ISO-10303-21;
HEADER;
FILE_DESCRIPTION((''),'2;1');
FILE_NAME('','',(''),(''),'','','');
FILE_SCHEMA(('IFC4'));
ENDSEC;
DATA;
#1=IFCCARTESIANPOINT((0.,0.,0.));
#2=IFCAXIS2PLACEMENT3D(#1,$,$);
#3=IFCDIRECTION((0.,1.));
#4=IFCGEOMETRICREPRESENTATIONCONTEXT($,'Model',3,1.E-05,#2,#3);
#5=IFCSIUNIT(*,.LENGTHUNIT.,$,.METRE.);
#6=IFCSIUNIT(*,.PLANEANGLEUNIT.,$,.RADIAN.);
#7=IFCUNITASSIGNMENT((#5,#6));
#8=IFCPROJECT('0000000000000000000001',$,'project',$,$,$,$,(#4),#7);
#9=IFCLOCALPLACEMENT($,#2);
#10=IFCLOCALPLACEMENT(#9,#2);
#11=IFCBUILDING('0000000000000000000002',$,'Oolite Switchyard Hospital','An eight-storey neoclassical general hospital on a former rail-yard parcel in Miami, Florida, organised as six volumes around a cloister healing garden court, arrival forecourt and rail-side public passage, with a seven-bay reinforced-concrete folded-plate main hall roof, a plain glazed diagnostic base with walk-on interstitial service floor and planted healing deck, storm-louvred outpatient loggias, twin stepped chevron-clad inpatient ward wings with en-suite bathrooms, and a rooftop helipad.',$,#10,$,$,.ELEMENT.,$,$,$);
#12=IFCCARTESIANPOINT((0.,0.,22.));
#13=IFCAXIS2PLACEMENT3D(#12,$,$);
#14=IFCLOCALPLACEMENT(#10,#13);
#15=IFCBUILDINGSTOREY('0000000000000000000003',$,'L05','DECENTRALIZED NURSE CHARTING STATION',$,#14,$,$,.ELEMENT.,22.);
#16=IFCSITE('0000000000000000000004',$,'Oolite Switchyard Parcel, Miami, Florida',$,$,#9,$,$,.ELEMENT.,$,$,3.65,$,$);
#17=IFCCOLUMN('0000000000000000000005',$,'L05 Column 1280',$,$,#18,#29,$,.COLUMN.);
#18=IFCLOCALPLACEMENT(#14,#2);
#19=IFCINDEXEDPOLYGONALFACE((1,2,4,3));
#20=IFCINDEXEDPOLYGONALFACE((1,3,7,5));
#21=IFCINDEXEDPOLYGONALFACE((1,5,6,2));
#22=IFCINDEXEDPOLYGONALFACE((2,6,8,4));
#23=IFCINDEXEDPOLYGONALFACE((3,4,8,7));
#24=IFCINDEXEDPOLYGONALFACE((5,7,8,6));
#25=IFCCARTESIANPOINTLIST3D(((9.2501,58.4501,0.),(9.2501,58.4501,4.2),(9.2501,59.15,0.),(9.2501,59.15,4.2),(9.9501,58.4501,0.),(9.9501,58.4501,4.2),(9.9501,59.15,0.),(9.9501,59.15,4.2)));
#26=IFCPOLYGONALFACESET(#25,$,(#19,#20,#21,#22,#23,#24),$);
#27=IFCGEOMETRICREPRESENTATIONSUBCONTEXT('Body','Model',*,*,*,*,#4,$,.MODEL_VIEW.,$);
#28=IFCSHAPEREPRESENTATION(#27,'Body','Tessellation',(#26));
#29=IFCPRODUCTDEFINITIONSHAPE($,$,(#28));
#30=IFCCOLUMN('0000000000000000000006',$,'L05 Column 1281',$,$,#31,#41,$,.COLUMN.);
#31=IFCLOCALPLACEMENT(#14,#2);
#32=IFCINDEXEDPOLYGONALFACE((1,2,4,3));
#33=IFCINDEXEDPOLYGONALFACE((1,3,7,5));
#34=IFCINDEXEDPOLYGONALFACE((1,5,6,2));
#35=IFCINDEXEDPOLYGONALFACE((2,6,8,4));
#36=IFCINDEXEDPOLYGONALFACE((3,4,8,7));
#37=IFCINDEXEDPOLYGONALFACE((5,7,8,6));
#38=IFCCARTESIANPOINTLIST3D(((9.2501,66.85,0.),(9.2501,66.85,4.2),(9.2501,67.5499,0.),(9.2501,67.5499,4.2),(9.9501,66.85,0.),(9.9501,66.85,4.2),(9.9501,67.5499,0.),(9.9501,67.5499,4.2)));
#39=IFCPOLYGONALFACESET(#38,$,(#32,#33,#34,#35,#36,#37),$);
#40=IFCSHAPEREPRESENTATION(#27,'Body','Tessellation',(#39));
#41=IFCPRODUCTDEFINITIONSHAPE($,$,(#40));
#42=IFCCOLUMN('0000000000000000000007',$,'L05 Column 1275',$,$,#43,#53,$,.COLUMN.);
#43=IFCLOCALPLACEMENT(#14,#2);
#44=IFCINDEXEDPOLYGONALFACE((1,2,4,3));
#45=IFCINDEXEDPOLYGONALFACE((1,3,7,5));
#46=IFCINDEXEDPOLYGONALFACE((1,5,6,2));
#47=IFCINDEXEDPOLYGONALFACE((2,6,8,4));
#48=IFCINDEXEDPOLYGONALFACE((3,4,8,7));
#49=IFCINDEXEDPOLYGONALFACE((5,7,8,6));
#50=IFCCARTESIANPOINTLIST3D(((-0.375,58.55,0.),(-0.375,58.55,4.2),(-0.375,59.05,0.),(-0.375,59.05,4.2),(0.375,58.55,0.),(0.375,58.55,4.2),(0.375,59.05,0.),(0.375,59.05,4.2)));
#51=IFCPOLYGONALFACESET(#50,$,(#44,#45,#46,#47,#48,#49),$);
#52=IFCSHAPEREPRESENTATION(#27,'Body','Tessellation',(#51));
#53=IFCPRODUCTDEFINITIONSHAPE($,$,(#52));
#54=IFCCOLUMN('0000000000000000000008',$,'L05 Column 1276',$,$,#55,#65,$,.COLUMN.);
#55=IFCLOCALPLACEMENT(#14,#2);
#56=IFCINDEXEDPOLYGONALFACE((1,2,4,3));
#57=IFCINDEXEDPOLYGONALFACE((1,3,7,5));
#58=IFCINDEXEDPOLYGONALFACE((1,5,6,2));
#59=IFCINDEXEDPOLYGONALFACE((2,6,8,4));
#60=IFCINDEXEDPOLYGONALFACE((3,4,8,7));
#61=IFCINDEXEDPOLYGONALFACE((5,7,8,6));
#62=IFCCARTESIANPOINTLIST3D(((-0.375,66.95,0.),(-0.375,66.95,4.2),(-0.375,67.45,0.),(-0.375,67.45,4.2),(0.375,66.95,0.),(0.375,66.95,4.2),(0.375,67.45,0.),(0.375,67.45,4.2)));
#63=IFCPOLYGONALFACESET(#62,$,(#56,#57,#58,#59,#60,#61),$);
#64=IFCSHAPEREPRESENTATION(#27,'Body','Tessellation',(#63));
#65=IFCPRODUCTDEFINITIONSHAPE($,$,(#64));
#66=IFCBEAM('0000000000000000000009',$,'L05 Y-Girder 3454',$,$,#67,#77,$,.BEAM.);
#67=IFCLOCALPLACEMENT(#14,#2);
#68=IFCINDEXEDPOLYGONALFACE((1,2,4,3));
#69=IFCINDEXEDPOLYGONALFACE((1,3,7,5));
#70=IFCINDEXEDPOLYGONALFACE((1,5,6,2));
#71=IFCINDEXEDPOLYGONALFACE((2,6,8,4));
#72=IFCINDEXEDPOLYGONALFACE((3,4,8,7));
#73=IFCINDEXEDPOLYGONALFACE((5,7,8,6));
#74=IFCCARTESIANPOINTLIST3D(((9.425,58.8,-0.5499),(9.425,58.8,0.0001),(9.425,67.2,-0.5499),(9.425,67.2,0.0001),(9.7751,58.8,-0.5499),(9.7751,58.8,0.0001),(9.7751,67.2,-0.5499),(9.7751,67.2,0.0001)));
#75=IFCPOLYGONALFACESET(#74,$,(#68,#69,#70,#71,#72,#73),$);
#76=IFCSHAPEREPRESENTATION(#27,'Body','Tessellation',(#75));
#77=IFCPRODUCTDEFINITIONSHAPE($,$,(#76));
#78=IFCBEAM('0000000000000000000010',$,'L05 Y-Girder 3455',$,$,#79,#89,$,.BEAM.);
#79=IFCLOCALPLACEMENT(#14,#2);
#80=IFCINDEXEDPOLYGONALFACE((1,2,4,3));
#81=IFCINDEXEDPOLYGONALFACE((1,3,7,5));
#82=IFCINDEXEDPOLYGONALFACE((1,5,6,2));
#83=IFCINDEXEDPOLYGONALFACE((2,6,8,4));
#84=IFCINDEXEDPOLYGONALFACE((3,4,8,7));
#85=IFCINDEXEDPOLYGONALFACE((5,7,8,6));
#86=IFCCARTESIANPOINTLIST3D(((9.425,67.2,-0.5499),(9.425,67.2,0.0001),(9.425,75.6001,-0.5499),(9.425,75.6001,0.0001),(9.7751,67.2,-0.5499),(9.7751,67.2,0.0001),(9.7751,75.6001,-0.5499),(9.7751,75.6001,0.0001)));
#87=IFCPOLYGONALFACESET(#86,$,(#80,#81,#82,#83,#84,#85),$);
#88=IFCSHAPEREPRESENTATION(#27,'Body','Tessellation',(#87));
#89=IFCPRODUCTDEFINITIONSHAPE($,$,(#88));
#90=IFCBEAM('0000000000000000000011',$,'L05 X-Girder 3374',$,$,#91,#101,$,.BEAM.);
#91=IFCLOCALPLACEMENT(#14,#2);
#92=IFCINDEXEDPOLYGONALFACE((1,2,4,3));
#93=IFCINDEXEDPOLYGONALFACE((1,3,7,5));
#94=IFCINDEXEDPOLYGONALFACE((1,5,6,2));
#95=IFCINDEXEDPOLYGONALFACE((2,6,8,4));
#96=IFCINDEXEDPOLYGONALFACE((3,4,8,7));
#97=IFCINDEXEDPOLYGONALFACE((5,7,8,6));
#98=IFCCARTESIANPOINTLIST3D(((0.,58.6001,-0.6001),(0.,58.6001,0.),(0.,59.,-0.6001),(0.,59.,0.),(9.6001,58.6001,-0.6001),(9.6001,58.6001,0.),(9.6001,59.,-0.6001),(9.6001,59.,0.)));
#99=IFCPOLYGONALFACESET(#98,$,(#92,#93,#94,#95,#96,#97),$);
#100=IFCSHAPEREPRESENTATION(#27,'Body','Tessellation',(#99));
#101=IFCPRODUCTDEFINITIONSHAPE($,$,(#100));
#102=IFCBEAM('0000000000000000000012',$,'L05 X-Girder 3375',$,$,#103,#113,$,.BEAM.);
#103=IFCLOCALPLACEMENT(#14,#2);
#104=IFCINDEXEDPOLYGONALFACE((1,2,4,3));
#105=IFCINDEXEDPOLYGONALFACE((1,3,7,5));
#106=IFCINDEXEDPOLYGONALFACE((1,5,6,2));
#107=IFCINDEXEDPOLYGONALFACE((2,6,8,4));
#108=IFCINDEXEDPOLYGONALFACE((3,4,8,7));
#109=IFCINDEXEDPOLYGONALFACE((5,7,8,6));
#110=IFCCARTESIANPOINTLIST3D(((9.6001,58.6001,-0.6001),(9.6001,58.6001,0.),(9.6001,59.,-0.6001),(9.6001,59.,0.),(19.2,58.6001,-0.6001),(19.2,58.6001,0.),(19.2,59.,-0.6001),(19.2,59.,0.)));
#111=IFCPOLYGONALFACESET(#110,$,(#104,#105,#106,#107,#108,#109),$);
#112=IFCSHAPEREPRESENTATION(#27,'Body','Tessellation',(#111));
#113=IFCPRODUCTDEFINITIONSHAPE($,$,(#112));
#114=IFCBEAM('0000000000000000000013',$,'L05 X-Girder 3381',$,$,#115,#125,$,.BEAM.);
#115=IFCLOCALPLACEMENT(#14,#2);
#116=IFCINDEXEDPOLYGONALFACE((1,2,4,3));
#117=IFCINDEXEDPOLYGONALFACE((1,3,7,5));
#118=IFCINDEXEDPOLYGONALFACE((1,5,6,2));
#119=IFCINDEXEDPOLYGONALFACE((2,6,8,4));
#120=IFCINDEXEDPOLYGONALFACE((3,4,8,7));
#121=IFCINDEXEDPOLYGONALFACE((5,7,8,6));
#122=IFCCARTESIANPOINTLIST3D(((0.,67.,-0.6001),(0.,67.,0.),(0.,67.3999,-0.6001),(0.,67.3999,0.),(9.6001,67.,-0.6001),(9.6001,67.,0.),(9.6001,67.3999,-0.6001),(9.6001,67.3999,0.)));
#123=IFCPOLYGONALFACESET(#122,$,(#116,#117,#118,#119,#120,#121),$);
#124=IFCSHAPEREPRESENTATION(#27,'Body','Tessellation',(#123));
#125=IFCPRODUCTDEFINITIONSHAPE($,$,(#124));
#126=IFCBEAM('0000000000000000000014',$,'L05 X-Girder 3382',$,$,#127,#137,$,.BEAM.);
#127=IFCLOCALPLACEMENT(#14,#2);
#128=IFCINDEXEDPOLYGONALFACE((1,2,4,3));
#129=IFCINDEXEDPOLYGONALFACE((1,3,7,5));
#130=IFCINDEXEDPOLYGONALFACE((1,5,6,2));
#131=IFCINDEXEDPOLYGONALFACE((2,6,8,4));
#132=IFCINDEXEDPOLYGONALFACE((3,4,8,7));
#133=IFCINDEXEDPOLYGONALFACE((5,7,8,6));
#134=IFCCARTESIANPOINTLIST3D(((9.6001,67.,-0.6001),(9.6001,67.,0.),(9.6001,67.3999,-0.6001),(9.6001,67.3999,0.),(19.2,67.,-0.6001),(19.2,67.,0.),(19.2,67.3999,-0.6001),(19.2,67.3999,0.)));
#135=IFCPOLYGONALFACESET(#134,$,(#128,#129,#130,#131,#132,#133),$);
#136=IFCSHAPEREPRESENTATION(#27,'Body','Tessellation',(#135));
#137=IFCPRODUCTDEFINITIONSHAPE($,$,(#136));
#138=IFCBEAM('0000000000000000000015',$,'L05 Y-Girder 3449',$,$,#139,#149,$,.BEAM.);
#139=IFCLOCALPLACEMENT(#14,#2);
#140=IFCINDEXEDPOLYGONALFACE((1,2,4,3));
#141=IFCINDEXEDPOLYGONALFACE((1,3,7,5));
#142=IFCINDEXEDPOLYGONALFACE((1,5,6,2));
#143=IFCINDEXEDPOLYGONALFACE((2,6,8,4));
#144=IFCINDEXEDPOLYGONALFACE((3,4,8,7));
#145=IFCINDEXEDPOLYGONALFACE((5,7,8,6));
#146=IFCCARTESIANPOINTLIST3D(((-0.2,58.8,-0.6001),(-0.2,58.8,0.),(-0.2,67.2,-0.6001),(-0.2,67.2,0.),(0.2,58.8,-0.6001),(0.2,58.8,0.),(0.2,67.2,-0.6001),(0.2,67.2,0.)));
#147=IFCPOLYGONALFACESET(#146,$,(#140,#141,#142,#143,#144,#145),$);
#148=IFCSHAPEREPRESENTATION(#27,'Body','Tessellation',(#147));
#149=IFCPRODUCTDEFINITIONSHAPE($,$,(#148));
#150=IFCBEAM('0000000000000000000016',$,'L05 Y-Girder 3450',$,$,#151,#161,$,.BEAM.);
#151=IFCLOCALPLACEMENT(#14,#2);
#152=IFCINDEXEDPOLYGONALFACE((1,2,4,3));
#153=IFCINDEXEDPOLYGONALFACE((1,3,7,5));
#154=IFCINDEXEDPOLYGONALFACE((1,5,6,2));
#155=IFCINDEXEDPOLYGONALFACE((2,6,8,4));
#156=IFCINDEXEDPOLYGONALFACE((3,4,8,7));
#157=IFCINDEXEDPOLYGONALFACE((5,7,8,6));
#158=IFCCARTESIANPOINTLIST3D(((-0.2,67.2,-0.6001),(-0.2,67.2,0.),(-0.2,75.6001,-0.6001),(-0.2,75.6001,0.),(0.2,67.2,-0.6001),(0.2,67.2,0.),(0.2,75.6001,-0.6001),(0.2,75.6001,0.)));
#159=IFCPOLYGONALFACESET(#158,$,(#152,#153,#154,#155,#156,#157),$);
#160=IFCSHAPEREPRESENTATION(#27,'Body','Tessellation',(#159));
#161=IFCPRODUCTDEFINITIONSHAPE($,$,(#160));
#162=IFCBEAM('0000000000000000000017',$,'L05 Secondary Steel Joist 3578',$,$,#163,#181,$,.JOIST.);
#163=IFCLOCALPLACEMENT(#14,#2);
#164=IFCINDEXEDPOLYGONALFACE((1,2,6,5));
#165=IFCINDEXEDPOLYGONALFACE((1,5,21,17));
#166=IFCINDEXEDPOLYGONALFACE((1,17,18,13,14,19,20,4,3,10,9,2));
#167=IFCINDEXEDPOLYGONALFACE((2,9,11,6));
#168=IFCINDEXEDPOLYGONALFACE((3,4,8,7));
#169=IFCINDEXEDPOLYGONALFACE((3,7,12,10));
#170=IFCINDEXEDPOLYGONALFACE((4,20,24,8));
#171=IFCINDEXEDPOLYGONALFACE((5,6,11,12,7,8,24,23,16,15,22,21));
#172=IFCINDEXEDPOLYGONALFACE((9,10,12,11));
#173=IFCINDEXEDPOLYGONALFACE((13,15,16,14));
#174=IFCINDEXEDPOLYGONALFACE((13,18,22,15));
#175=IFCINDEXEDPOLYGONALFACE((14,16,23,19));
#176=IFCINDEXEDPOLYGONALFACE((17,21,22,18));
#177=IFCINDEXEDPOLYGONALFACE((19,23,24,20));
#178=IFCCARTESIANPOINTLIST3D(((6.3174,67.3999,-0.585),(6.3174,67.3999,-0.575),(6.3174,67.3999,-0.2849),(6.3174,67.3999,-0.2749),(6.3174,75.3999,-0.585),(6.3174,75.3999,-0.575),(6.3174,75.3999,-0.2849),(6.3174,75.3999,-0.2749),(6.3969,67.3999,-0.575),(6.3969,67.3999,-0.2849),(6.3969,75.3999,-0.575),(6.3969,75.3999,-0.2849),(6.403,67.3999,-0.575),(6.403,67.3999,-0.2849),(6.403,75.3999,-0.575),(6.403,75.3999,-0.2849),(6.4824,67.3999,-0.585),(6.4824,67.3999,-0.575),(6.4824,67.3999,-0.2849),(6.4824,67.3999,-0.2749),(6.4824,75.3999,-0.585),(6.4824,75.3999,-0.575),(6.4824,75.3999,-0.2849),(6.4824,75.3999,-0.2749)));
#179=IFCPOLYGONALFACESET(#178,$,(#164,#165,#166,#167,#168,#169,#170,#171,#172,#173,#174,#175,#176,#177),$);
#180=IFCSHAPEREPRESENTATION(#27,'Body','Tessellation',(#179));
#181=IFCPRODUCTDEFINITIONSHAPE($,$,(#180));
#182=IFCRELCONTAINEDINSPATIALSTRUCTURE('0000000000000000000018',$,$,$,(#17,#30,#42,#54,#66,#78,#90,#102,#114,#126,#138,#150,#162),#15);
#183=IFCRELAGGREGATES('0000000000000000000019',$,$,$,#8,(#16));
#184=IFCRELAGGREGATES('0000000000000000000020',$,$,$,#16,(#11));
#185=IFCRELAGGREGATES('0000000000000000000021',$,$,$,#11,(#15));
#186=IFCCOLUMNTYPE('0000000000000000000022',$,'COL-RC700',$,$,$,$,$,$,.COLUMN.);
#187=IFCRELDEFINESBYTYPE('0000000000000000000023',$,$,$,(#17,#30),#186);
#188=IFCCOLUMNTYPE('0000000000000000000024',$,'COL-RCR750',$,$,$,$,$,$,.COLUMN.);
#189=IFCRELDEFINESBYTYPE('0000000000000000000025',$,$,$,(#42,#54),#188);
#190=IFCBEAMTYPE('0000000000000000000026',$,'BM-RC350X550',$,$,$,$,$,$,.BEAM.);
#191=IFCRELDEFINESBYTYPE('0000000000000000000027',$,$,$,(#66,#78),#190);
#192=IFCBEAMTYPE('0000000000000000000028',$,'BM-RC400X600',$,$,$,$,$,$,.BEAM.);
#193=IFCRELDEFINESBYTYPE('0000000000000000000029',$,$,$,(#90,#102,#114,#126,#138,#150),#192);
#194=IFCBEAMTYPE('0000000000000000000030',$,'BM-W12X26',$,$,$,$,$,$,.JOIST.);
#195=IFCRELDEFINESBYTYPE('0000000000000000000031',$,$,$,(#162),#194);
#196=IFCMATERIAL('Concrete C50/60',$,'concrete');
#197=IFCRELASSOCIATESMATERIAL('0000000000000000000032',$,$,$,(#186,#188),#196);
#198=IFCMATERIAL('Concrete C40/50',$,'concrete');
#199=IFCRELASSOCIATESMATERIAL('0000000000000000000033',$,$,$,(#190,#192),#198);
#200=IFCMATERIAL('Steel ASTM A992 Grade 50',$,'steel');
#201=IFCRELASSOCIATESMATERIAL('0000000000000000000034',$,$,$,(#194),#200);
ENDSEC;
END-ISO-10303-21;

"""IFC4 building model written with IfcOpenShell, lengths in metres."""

from ifc_helpers import new_model, si_unit, direction, frame, origin, origin_2d, place, context, subcontext, project, spatial, rectangle, i_section, extrude, material, material_profile, profile_set, type_object, element, save


model = new_model("IFC4")

# Units and contexts
model_context = context("Model", 3, precision=1e-05, world=origin(), true_north=direction((0.0, 1.0)))
body_context = subcontext(model_context, "Body", "Model", "MODEL_VIEW")
ifc_project = project(units=[si_unit("LENGTHUNIT", "METRE"), si_unit("PLANEANGLEUNIT", "RADIAN")], contexts=[model_context])

# Site, building, storey
site_placement = place(None, origin())
site = spatial("IfcSite", under=ifc_project, at=site_placement, Name="Oolite Switchyard Parcel, Miami, Florida", CompositionType="ELEMENT", RefElevation=3.65)
building_placement = place(site_placement, origin())
building = spatial("IfcBuilding", under=site, at=building_placement, Name="Oolite Switchyard Hospital", Description="An eight-storey neoclassical general hospital on a former rail-yard parcel in Miami, Florida, organised as six volumes around a cloister healing garden court, arrival forecourt and rail-side public passage, with a seven-bay reinforced-concrete folded-plate main hall roof, a plain glazed diagnostic base with walk-on interstitial service floor and planted healing deck, storm-louvred outpatient loggias, twin stepped chevron-clad inpatient ward wings with en-suite bathrooms, and a rooftop helipad.", CompositionType="ELEMENT")
storey_placement = place(building_placement, frame((0.0, 0.0, 22.0)))
storey = spatial("IfcBuildingStorey", under=building, at=storey_placement, Name="L05", Description="DECENTRALIZED NURSE CHARTING STATION", CompositionType="ELEMENT", Elevation=22.0)

# Columns
ifc_material_1 = material(Name="Concrete C50/60", Category="concrete")
ifc_material_profile_1 = material_profile(ifc_material_1, rectangle(XDim=0.7, YDim=0.7, at=origin_2d()), Name="RC700X700")
ifc_profile_set_1 = profile_set([ifc_material_profile_1], Name="Concrete C50/60")
column_type_1 = type_object("IfcColumnType", Name="COL-RC700", PredefinedType="COLUMN", material=ifc_profile_set_1)
for number, where, z_axis, x_axis, name in (
    (1, (9.6001, 58.8, 0.0), (0.0, 0.0, 1.0), (1.0, 0.0, 0.0), "L05 Column 1280"),
    (2, (9.6001, 67.2, 0.0), (0.0, 0.0, 1.0), (1.0, 0.0, 0.0), "L05 Column 1281"),
):
    element("IfcColumn", number, at=place(storey_placement, frame(where, z_axis=z_axis, x_axis=x_axis)), inside=storey, type_object=column_type_1, Name=name, PredefinedType="COLUMN", context=body_context, shape_type="SweptSolid", body=[
        extrude(rectangle(XDim=0.7, YDim=0.7, at=origin_2d()), origin(), (0.0, 0.0, 1.0), 4.2),
    ])
ifc_material_profile_2 = material_profile(ifc_material_1, rectangle(XDim=0.75, YDim=0.5, at=origin_2d()), Name="RC750X500")
ifc_profile_set_2 = profile_set([ifc_material_profile_2], Name="Concrete C50/60")
column_type_2 = type_object("IfcColumnType", Name="COL-RCR750", PredefinedType="COLUMN", material=ifc_profile_set_2)
for number, where, z_axis, x_axis, name in (
    (3, (0.0, 58.8, 0.0), (0.0, 0.0, 1.0), (1.0, 0.0, 0.0), "L05 Column 1275"),
    (4, (0.0, 67.2, 0.0), (0.0, 0.0, 1.0), (1.0, 0.0, 0.0), "L05 Column 1276"),
):
    element("IfcColumn", number, at=place(storey_placement, frame(where, z_axis=z_axis, x_axis=x_axis)), inside=storey, type_object=column_type_2, Name=name, PredefinedType="COLUMN", context=body_context, shape_type="SweptSolid", body=[
        extrude(rectangle(XDim=0.75, YDim=0.5, at=origin_2d()), origin(), (0.0, 0.0, 1.0), 4.2),
    ])

# Beams
ifc_material_2 = material(Name="Concrete C40/50", Category="concrete")
ifc_material_profile_3 = material_profile(ifc_material_2, rectangle(XDim=0.3501, YDim=0.55, at=origin_2d()), Name="RCB350X550")
ifc_profile_set_3 = profile_set([ifc_material_profile_3], Name="Concrete C40/50")
beam_type_1 = type_object("IfcBeamType", Name="BM-RC350X550", PredefinedType="BEAM", material=ifc_profile_set_3)
beam_1_placement = place(storey_placement, frame((9.6001, 58.8, -0.2749), z_axis=(0.0, 1.0, 0.0), x_axis=(-1.0, 0.0, 0.0)))
element("IfcBeam", 5, at=beam_1_placement, inside=storey, type_object=beam_type_1, Name="L05 Y-Girder 3454", PredefinedType="BEAM", context=body_context, shape_type="SweptSolid", body=[
    extrude(rectangle(XDim=0.3501, YDim=0.55, at=origin_2d()), origin(), (0.0, 0.0, 1.0), 8.3999),
])
beam_2_placement = place(storey_placement, frame((9.6001, 67.2, -0.2749), z_axis=(0.0, 1.0, 0.0), x_axis=(-1.0, 0.0, 0.0)))
element("IfcBeam", 6, at=beam_2_placement, inside=storey, type_object=beam_type_1, Name="L05 Y-Girder 3455", PredefinedType="BEAM", context=body_context, shape_type="SweptSolid", body=[
    extrude(rectangle(XDim=0.3501, YDim=0.55, at=origin_2d()), origin(), (0.0, 0.0, 1.0), 8.4001),
])
ifc_material_profile_4 = material_profile(ifc_material_2, rectangle(XDim=0.3999, YDim=0.6001, at=origin_2d()), Name="RCB400X600")
ifc_profile_set_4 = profile_set([ifc_material_profile_4], Name="Concrete C40/50")
beam_type_2 = type_object("IfcBeamType", Name="BM-RC400X600", PredefinedType="BEAM", material=ifc_profile_set_4)
beam_3_placement = place(storey_placement, frame((0.0, 58.8, -0.3), z_axis=(1.0, 0.0, 0.0), x_axis=(0.0, 1.0, 0.0)))
element("IfcBeam", 7, at=beam_3_placement, inside=storey, type_object=beam_type_2, Name="L05 X-Girder 3374", PredefinedType="BEAM", context=body_context, shape_type="SweptSolid", body=[
    extrude(rectangle(XDim=0.3999, YDim=0.6001, at=origin_2d()), origin(), (0.0, 0.0, 1.0), 9.6001),
])
beam_4_placement = place(storey_placement, frame((9.6001, 58.8, -0.3), z_axis=(1.0, 0.0, 0.0), x_axis=(0.0, 1.0, 0.0)))
element("IfcBeam", 8, at=beam_4_placement, inside=storey, type_object=beam_type_2, Name="L05 X-Girder 3375", PredefinedType="BEAM", context=body_context, shape_type="SweptSolid", body=[
    extrude(rectangle(XDim=0.3999, YDim=0.6001, at=origin_2d()), origin(), (0.0, 0.0, 1.0), 9.5999),
])
beam_5_placement = place(storey_placement, frame((0.0, 67.2, -0.3), z_axis=(1.0, 0.0, 0.0), x_axis=(0.0, 1.0, 0.0)))
element("IfcBeam", 9, at=beam_5_placement, inside=storey, type_object=beam_type_2, Name="L05 X-Girder 3381", PredefinedType="BEAM", context=body_context, shape_type="SweptSolid", body=[
    extrude(rectangle(XDim=0.3999, YDim=0.6001, at=origin_2d()), origin(), (0.0, 0.0, 1.0), 9.6001),
])
beam_6_placement = place(storey_placement, frame((9.6001, 67.2, -0.3), z_axis=(1.0, 0.0, 0.0), x_axis=(0.0, 1.0, 0.0)))
element("IfcBeam", 10, at=beam_6_placement, inside=storey, type_object=beam_type_2, Name="L05 X-Girder 3382", PredefinedType="BEAM", context=body_context, shape_type="SweptSolid", body=[
    extrude(rectangle(XDim=0.3999, YDim=0.6001, at=origin_2d()), origin(), (0.0, 0.0, 1.0), 9.5999),
])
beam_7_placement = place(storey_placement, frame((0.0, 58.8, -0.3), z_axis=(0.0, 1.0, 0.0), x_axis=(-1.0, 0.0, 0.0)))
element("IfcBeam", 11, at=beam_7_placement, inside=storey, type_object=beam_type_2, Name="L05 Y-Girder 3449", PredefinedType="BEAM", context=body_context, shape_type="SweptSolid", body=[
    extrude(rectangle(XDim=0.3999, YDim=0.6001, at=origin_2d()), origin(), (0.0, 0.0, 1.0), 8.3999),
])
beam_8_placement = place(storey_placement, frame((0.0, 67.2, -0.3), z_axis=(0.0, 1.0, 0.0), x_axis=(-1.0, 0.0, 0.0)))
element("IfcBeam", 12, at=beam_8_placement, inside=storey, type_object=beam_type_2, Name="L05 Y-Girder 3450", PredefinedType="BEAM", context=body_context, shape_type="SweptSolid", body=[
    extrude(rectangle(XDim=0.3999, YDim=0.6001, at=origin_2d()), origin(), (0.0, 0.0, 1.0), 8.4001),
])
ifc_material_3 = material(Name="Steel ASTM A992 Grade 50", Category="steel")
ifc_material_profile_5 = material_profile(ifc_material_3, i_section(OverallWidth=0.165, OverallDepth=0.3101, WebThickness=0.0061, FlangeThickness=0.01, at=origin_2d()), Name="W12X26")
ifc_profile_set_5 = profile_set([ifc_material_profile_5], Name="Steel ASTM A992 Grade 50")
beam_type_3 = type_object("IfcBeamType", Name="BM-W12X26", PredefinedType="JOIST", material=ifc_profile_set_5)
beam_9_placement = place(storey_placement, frame((6.3999, 67.3999, -0.4299), z_axis=(0.0, 1.0, 0.0), x_axis=(-1.0, 0.0, 0.0)))
element("IfcBeam", 13, at=beam_9_placement, inside=storey, type_object=beam_type_3, Name="L05 Secondary Steel Joist 3578", PredefinedType="JOIST", context=body_context, shape_type="SweptSolid", body=[
    extrude(i_section(OverallWidth=0.165, OverallDepth=0.3101, WebThickness=0.0061, FlangeThickness=0.01, at=origin_2d()), origin(), (0.0, 0.0, 1.0), 8.0),
])

save(model, "model.ifc")
